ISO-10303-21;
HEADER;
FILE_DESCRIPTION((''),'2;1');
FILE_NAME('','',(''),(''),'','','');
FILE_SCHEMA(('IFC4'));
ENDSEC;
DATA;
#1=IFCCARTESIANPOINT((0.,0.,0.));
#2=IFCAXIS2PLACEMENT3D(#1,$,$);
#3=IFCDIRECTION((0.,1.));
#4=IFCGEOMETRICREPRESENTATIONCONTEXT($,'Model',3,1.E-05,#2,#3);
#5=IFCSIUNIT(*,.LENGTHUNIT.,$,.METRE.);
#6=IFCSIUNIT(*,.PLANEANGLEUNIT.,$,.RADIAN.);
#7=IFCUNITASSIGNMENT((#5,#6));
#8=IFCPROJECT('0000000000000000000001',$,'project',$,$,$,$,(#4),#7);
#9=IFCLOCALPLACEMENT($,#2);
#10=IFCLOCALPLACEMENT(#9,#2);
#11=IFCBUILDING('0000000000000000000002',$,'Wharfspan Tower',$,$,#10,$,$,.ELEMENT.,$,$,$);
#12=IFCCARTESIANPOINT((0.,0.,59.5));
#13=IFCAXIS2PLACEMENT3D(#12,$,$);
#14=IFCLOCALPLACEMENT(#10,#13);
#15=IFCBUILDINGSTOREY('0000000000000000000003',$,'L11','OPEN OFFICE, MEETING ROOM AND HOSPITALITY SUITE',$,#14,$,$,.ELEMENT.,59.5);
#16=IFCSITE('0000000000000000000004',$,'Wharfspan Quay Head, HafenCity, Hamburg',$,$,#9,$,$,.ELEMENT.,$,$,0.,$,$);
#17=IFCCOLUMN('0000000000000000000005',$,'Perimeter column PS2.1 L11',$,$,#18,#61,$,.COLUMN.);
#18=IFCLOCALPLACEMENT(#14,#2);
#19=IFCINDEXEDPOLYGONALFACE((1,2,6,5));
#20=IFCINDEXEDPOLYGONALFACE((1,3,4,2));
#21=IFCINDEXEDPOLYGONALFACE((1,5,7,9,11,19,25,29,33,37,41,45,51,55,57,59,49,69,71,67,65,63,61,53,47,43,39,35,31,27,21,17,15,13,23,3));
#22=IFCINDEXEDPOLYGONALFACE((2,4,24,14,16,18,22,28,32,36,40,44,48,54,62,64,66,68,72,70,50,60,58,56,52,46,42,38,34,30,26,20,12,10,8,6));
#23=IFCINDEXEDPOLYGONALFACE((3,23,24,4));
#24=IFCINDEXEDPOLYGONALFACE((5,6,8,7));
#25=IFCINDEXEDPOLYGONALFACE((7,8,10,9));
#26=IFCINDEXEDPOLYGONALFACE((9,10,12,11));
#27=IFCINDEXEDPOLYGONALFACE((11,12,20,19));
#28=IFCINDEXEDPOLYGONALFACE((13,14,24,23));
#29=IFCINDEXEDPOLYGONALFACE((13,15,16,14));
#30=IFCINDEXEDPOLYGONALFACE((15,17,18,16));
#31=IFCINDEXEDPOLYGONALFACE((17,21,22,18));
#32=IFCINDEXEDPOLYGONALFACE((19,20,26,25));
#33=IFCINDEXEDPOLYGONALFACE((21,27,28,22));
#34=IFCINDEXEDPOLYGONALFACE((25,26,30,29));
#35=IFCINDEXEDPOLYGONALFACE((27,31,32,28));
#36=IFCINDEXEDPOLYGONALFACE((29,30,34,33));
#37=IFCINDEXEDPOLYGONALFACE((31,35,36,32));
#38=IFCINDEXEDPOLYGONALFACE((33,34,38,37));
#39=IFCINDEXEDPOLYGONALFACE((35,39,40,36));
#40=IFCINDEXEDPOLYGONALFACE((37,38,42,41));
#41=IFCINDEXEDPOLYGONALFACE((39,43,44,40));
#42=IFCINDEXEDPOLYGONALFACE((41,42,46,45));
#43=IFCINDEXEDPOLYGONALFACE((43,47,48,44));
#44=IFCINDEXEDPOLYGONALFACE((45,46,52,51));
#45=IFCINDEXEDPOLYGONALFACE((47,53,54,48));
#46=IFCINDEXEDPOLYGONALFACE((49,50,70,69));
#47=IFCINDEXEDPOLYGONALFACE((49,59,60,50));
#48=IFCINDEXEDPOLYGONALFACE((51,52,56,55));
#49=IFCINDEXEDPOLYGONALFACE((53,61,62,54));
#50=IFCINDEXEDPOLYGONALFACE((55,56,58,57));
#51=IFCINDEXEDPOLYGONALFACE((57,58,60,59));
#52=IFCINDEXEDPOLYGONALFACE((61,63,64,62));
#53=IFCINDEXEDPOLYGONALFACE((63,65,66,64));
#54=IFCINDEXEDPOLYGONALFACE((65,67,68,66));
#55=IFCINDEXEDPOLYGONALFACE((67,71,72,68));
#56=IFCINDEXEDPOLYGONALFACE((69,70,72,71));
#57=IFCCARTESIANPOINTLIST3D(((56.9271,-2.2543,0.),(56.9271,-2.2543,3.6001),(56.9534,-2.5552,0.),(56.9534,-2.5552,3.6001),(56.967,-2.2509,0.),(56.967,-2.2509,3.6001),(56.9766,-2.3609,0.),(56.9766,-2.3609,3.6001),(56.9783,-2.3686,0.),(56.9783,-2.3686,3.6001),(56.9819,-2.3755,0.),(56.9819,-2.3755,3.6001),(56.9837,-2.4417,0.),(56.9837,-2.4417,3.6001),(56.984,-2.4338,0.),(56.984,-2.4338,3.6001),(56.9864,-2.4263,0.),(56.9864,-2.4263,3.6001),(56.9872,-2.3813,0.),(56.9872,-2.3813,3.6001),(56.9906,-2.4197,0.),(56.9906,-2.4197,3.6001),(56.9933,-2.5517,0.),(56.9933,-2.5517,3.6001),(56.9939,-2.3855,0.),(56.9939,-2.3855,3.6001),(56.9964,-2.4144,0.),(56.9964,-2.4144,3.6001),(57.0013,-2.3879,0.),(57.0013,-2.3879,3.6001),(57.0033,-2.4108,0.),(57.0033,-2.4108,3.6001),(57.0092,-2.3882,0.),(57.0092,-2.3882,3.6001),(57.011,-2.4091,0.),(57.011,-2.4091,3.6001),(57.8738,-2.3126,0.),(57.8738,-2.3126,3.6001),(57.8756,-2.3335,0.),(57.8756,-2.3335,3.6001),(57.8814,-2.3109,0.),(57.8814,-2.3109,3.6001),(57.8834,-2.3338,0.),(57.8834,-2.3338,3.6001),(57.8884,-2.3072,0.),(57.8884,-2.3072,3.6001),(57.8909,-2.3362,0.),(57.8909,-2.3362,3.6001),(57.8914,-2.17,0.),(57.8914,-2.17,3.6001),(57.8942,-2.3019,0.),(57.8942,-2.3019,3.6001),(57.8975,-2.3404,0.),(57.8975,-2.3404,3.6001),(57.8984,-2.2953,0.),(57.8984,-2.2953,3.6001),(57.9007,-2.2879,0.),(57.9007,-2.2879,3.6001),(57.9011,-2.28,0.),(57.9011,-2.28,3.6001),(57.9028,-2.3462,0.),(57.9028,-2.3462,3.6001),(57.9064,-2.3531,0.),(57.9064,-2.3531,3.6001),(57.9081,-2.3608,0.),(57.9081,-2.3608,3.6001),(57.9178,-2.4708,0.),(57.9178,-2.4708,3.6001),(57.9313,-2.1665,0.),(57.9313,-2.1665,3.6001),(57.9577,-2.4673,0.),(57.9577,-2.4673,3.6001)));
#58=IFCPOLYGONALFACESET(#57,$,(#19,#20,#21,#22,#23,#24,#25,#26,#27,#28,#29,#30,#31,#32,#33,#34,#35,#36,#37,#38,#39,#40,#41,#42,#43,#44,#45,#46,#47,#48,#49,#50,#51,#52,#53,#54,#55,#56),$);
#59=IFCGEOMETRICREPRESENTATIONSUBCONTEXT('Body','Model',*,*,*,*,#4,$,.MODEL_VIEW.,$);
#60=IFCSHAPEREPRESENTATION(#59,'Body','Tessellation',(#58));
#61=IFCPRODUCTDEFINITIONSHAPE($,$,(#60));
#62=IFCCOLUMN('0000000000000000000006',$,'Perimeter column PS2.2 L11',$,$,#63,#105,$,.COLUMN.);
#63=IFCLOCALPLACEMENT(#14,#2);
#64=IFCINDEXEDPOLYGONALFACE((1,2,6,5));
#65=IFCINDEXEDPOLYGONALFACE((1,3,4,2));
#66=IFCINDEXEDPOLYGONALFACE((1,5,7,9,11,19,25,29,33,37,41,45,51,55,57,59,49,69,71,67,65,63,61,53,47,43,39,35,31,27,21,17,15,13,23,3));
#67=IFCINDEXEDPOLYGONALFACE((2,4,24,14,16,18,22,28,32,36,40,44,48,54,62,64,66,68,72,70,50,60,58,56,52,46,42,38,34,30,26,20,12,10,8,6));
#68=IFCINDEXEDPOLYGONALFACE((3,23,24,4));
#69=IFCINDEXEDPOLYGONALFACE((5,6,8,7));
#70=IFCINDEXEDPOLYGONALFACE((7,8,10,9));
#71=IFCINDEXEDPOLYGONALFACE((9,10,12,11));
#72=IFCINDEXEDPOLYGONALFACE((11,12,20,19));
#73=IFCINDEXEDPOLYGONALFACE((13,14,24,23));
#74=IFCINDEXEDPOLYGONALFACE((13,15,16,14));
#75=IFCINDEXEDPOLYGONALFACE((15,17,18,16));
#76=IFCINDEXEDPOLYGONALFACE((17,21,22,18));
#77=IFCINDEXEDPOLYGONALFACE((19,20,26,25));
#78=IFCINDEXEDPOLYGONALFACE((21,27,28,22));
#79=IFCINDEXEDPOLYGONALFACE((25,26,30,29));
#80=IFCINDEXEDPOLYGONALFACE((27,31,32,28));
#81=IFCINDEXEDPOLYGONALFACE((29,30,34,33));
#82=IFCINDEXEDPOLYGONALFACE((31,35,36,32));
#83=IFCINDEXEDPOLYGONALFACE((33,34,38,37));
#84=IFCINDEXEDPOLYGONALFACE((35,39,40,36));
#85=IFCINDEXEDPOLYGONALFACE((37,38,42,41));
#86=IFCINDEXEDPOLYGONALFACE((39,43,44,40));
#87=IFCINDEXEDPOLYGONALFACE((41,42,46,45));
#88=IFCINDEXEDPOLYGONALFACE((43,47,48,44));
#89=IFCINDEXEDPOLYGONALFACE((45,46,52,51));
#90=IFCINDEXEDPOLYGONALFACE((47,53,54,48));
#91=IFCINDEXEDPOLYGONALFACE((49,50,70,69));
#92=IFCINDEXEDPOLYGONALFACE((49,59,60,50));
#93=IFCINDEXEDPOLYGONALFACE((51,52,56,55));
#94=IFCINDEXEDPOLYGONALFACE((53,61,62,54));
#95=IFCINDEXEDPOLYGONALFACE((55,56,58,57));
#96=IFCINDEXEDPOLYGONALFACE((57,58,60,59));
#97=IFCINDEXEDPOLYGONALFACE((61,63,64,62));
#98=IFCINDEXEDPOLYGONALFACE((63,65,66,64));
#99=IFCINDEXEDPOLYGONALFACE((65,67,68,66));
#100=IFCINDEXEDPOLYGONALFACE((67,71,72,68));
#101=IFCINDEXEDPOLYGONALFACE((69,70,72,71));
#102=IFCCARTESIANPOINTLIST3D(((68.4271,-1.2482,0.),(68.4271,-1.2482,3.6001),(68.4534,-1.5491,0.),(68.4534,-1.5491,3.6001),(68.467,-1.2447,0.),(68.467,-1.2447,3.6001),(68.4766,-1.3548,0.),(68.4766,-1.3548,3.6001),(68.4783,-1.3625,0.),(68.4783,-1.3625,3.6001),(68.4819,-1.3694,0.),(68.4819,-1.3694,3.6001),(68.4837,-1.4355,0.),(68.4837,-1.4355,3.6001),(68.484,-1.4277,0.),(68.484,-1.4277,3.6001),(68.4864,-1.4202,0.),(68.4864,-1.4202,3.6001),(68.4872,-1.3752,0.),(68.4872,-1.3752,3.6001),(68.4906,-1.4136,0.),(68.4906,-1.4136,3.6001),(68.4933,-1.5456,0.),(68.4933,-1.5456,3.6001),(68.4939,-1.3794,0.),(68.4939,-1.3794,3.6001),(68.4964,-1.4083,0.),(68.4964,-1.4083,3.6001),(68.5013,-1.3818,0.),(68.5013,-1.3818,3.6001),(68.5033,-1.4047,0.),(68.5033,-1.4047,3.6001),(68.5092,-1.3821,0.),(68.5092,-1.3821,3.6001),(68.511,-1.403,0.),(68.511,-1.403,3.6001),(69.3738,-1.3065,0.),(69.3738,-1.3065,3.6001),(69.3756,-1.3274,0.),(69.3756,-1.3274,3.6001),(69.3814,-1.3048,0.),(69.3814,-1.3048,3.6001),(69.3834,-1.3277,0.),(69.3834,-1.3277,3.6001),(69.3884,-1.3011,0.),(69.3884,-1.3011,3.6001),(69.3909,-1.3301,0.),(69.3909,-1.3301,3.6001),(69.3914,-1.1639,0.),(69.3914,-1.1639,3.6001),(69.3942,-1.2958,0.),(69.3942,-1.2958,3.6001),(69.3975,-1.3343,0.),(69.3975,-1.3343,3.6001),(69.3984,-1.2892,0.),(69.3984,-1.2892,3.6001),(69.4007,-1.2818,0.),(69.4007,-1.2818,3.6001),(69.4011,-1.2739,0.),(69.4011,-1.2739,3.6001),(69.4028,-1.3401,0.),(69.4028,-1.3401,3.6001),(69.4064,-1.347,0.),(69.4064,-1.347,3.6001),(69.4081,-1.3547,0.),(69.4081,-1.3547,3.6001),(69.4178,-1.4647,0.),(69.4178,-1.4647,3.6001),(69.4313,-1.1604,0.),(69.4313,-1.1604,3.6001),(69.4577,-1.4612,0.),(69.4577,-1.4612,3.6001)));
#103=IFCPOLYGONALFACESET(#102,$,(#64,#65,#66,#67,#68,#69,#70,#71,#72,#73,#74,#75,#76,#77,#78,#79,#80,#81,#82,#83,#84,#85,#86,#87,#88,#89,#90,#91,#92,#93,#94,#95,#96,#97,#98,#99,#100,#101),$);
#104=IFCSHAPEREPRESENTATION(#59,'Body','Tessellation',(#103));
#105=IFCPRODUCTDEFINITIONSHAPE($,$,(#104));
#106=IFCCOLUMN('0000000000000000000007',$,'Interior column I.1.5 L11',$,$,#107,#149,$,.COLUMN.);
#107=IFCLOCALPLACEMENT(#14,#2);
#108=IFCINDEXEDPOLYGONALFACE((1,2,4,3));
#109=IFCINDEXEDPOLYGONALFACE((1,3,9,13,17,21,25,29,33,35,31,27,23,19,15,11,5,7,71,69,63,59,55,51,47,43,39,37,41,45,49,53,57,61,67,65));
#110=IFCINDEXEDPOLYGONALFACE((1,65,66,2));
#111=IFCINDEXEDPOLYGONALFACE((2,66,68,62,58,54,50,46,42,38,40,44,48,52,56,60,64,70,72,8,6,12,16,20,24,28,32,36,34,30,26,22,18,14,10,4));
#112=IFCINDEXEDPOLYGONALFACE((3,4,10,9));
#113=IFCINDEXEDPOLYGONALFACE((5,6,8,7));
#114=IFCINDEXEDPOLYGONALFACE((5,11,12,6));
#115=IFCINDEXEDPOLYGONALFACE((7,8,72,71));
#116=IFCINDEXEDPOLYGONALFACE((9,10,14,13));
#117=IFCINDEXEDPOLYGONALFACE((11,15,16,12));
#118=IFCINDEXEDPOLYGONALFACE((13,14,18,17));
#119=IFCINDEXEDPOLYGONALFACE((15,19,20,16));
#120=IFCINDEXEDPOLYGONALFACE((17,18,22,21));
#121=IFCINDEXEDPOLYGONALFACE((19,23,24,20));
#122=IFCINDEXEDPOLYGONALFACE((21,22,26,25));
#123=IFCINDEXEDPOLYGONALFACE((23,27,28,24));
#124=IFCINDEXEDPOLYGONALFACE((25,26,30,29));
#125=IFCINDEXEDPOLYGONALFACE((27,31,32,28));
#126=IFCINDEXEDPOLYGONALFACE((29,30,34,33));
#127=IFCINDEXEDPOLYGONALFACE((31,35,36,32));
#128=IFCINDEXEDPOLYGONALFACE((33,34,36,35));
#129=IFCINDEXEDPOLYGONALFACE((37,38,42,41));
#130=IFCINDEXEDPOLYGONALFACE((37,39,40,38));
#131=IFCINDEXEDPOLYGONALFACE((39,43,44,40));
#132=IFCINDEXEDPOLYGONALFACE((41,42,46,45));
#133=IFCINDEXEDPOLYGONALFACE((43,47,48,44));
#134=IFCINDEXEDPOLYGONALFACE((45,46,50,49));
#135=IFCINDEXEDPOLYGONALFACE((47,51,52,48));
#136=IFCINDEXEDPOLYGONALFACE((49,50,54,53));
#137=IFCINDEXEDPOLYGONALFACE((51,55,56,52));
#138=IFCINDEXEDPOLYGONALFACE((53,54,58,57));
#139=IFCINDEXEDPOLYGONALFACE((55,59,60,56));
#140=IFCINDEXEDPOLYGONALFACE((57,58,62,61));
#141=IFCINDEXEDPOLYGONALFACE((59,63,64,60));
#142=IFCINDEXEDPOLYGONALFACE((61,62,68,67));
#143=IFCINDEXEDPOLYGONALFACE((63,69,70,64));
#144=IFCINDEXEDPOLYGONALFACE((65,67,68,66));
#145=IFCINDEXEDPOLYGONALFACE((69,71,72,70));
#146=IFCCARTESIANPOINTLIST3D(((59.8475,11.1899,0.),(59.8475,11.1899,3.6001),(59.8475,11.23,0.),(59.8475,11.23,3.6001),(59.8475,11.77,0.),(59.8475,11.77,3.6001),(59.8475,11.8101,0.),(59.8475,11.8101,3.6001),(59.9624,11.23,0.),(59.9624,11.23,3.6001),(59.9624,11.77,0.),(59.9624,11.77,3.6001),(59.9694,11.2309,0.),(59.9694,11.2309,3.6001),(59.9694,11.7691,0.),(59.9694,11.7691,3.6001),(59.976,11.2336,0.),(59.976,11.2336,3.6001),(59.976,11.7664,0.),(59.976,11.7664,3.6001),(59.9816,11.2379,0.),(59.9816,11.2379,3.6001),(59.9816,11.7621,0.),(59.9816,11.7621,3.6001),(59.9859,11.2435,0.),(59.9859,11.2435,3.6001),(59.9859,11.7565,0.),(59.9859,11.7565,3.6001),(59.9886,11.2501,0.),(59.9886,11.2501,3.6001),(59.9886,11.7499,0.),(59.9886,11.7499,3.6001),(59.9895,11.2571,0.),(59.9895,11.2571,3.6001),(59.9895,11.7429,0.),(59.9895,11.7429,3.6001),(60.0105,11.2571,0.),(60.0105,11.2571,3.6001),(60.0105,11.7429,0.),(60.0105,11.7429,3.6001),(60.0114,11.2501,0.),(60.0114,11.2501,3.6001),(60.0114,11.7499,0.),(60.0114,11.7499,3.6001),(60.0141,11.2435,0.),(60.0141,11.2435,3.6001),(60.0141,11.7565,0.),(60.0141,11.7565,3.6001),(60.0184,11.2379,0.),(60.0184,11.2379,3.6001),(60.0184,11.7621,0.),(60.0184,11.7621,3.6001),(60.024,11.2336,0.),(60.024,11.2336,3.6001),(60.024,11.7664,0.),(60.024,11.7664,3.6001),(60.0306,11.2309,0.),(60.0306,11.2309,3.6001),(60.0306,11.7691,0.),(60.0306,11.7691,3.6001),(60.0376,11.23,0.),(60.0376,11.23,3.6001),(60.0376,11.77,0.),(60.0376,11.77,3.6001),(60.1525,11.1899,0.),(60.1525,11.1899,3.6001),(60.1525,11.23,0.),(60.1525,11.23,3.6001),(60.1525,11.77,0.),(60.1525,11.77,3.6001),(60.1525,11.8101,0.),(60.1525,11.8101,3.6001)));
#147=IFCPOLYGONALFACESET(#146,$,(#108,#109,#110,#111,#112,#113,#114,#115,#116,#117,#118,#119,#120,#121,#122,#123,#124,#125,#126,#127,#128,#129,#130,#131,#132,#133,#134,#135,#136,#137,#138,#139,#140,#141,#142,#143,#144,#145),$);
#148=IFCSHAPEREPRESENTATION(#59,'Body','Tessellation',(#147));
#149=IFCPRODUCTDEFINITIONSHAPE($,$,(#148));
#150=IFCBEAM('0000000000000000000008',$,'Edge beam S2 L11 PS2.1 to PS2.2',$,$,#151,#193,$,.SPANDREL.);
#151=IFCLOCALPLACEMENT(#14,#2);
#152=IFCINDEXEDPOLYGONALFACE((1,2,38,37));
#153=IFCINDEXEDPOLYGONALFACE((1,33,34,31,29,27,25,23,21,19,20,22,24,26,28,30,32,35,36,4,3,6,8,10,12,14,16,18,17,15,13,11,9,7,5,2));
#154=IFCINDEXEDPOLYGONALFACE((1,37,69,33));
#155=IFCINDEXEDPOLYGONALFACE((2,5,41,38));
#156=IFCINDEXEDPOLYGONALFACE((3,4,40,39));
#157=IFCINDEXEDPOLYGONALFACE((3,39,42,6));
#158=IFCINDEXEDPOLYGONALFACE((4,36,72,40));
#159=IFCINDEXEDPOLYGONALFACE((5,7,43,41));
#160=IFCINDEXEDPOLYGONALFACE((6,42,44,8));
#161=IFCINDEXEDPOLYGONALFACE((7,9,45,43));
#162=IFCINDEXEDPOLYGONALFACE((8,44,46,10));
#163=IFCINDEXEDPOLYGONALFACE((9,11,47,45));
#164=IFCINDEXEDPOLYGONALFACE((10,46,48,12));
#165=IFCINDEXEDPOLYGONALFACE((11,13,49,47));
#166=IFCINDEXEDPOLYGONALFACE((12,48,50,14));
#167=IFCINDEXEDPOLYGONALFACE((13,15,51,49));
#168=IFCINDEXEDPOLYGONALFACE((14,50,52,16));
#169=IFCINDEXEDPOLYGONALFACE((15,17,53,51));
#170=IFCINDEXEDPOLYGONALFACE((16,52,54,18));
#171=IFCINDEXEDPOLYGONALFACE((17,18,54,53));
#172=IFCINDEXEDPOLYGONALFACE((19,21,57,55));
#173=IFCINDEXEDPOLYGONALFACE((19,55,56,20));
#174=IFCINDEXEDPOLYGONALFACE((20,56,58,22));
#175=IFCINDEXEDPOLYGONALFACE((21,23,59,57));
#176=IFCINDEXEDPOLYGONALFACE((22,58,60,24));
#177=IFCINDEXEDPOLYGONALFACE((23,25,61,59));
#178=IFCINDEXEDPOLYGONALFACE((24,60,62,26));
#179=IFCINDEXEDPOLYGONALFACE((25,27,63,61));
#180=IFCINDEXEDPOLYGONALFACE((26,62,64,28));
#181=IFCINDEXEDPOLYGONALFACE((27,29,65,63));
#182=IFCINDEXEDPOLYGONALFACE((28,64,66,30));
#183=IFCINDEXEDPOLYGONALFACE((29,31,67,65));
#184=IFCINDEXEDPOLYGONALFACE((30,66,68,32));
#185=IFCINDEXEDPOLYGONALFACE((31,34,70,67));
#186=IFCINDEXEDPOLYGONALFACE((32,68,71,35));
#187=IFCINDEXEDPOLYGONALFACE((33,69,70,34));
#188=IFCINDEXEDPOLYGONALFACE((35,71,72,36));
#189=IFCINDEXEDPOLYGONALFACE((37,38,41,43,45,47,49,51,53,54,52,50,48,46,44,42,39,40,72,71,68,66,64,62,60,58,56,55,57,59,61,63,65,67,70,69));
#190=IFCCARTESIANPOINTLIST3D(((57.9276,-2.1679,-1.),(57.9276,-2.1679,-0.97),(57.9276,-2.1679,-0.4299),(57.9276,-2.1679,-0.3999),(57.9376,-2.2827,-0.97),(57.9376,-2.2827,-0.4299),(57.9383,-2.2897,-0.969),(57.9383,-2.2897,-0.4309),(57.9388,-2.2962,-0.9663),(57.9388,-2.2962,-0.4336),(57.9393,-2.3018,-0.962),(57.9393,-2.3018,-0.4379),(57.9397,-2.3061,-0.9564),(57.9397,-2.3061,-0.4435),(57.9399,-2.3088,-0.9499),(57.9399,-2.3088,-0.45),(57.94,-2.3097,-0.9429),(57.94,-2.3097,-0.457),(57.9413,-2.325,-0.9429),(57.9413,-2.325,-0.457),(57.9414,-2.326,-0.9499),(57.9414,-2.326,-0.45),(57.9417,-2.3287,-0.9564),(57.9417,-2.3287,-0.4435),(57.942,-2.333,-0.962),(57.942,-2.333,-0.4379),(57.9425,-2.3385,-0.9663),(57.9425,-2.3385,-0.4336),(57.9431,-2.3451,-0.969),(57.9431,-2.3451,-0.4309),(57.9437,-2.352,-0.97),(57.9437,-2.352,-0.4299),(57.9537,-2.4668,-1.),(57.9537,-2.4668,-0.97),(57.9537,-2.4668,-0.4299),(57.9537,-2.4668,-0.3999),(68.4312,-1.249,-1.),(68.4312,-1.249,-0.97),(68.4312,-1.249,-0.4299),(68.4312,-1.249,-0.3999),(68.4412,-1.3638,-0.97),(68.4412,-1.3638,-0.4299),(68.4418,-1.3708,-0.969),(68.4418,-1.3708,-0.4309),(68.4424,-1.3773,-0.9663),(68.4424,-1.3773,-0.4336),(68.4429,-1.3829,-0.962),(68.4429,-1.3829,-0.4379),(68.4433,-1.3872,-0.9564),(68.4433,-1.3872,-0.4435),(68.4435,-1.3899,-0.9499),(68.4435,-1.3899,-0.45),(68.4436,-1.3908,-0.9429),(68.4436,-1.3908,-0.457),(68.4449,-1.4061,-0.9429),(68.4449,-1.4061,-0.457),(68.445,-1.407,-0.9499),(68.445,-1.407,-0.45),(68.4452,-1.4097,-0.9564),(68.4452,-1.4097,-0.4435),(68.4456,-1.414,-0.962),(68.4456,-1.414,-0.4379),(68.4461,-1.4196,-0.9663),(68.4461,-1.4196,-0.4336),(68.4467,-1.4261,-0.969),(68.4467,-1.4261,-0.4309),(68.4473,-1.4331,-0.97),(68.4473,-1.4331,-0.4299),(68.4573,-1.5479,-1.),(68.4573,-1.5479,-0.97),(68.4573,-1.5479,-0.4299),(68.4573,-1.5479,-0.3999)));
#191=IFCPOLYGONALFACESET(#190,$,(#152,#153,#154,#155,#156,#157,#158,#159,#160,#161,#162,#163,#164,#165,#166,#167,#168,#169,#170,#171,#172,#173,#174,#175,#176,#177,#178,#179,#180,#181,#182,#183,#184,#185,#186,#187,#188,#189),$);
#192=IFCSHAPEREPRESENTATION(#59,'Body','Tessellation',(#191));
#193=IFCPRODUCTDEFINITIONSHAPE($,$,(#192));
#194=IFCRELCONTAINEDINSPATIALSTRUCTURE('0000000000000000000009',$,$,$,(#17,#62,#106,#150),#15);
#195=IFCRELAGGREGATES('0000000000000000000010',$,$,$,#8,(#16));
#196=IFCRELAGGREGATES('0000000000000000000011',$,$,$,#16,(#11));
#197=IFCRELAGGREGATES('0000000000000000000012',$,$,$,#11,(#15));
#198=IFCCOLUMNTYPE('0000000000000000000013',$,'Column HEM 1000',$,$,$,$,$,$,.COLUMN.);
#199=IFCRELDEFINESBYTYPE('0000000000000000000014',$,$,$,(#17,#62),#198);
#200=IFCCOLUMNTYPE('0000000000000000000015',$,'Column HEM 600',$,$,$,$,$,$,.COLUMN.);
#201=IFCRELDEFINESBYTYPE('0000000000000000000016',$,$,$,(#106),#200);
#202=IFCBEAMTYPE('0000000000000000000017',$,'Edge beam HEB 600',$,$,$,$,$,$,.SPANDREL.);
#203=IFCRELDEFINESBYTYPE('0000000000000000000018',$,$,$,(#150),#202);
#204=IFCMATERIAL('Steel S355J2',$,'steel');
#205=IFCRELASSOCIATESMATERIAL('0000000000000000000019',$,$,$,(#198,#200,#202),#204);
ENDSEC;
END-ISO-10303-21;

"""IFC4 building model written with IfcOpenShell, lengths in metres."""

from ifc_helpers import new_model, si_unit, direction, frame, origin, origin_2d, place, context, subcontext, project, spatial, i_section, extrude, material, material_profile, profile_set, type_object, element, save


model = new_model("IFC4")

# Units and contexts
model_context = context("Model", 3, precision=1e-05, world=origin(), true_north=direction((0.0, 1.0)))
body_context = subcontext(model_context, "Body", "Model", "MODEL_VIEW")
ifc_project = project(units=[si_unit("LENGTHUNIT", "METRE"), si_unit("PLANEANGLEUNIT", "RADIAN")], contexts=[model_context])

# Site, building, storey
site_placement = place(None, origin())
site = spatial("IfcSite", under=ifc_project, at=site_placement, Name="Wharfspan Quay Head, HafenCity, Hamburg", CompositionType="ELEMENT", RefElevation=0.0)
building_placement = place(site_placement, origin())
building = spatial("IfcBuilding", under=site, at=building_placement, Name="Wharfspan Tower", CompositionType="ELEMENT")
storey_placement = place(building_placement, frame((0.0, 0.0, 59.5)))
storey = spatial("IfcBuildingStorey", under=building, at=storey_placement, Name="L11", Description="OPEN OFFICE, MEETING ROOM AND HOSPITALITY SUITE", CompositionType="ELEMENT", Elevation=59.5)

# Columns
ifc_material_1 = material(Name="Steel S355J2", Category="steel")
ifc_material_profile_1 = material_profile(ifc_material_1, i_section(OverallWidth=0.302, OverallDepth=1.0081, WebThickness=0.021, FlangeThickness=0.04, FilletRadius=0.03, at=origin_2d()))
ifc_profile_set_1 = profile_set([ifc_material_profile_1], Name="Steel S355J2")
column_type_1 = type_object("IfcColumnType", Name="Column HEM 1000", PredefinedType="COLUMN", material=ifc_profile_set_1)
for number, where, z_axis, x_axis, name in (
    (1, (57.4424, -2.3608, 0.0), (0.0, 0.0, 1.0), (0.087156, -0.996198, 0.0), "Perimeter column PS2.1 L11"),
    (2, (68.9424, -1.3547, 0.0), (0.0, 0.0, 1.0), (0.087156, -0.996198, 0.0), "Perimeter column PS2.2 L11"),
):
    element("IfcColumn", number, at=place(storey_placement, frame(where, z_axis=z_axis, x_axis=x_axis)), inside=storey, type_object=column_type_1, Name=name, PredefinedType="COLUMN", context=body_context, shape_type="SweptSolid", body=[
        extrude(i_section(OverallWidth=0.302, OverallDepth=1.0081, WebThickness=0.021, FlangeThickness=0.04, FilletRadius=0.03, at=origin_2d()), origin(), (0.0, 0.0, 1.0), 3.6001),
    ])
ifc_material_profile_2 = material_profile(ifc_material_1, i_section(OverallWidth=0.3049, OverallDepth=0.6201, WebThickness=0.021, FlangeThickness=0.04, FilletRadius=0.0271, at=origin_2d()))
ifc_profile_set_2 = profile_set([ifc_material_profile_2], Name="Steel S355J2")
column_type_2 = type_object("IfcColumnType", Name="Column HEM 600", PredefinedType="COLUMN", material=ifc_profile_set_2)
column_placement = place(storey_placement, frame((60.0, 11.5, 0.0), z_axis=(0.0, 0.0, 1.0), x_axis=(1.0, 0.0, 0.0)))
element("IfcColumn", 3, at=column_placement, inside=storey, type_object=column_type_2, Name="Interior column I.1.5 L11", PredefinedType="COLUMN", context=body_context, shape_type="SweptSolid", body=[
    extrude(i_section(OverallWidth=0.3049, OverallDepth=0.6201, WebThickness=0.021, FlangeThickness=0.04, FilletRadius=0.0271, at=origin_2d()), origin(), (0.0, 0.0, 1.0), 3.6001),
])

# Beam
ifc_material_profile_3 = material_profile(ifc_material_1, i_section(OverallWidth=0.3, OverallDepth=0.6001, WebThickness=0.0154, FlangeThickness=0.03, FilletRadius=0.0271, at=origin_2d()))
ifc_profile_set_3 = profile_set([ifc_material_profile_3], Name="Steel S355J2")
beam_type = type_object("IfcBeamType", Name="Edge beam HEB 600", PredefinedType="SPANDREL", material=ifc_profile_set_3)
for number, where, z_axis, x_axis, name in (
    (4, (57.9407, -2.3174, -0.7), (0.996195, 0.087155, 0.0), (-0.087155, 0.996195, 0.0), "Edge beam S2 L11 PS2.1 to PS2.2"),
):
    element("IfcBeam", number, at=place(storey_placement, frame(where, z_axis=z_axis, x_axis=x_axis)), inside=storey, type_object=beam_type, Name=name, PredefinedType="SPANDREL", context=body_context, shape_type="SweptSolid", body=[
        extrude(i_section(OverallWidth=0.3, OverallDepth=0.6001, WebThickness=0.0154, FlangeThickness=0.03, FilletRadius=0.0271, at=origin_2d()), origin(), (0.0, 0.0, 1.0), 10.5437),
    ])

save(model, "model.ifc")
